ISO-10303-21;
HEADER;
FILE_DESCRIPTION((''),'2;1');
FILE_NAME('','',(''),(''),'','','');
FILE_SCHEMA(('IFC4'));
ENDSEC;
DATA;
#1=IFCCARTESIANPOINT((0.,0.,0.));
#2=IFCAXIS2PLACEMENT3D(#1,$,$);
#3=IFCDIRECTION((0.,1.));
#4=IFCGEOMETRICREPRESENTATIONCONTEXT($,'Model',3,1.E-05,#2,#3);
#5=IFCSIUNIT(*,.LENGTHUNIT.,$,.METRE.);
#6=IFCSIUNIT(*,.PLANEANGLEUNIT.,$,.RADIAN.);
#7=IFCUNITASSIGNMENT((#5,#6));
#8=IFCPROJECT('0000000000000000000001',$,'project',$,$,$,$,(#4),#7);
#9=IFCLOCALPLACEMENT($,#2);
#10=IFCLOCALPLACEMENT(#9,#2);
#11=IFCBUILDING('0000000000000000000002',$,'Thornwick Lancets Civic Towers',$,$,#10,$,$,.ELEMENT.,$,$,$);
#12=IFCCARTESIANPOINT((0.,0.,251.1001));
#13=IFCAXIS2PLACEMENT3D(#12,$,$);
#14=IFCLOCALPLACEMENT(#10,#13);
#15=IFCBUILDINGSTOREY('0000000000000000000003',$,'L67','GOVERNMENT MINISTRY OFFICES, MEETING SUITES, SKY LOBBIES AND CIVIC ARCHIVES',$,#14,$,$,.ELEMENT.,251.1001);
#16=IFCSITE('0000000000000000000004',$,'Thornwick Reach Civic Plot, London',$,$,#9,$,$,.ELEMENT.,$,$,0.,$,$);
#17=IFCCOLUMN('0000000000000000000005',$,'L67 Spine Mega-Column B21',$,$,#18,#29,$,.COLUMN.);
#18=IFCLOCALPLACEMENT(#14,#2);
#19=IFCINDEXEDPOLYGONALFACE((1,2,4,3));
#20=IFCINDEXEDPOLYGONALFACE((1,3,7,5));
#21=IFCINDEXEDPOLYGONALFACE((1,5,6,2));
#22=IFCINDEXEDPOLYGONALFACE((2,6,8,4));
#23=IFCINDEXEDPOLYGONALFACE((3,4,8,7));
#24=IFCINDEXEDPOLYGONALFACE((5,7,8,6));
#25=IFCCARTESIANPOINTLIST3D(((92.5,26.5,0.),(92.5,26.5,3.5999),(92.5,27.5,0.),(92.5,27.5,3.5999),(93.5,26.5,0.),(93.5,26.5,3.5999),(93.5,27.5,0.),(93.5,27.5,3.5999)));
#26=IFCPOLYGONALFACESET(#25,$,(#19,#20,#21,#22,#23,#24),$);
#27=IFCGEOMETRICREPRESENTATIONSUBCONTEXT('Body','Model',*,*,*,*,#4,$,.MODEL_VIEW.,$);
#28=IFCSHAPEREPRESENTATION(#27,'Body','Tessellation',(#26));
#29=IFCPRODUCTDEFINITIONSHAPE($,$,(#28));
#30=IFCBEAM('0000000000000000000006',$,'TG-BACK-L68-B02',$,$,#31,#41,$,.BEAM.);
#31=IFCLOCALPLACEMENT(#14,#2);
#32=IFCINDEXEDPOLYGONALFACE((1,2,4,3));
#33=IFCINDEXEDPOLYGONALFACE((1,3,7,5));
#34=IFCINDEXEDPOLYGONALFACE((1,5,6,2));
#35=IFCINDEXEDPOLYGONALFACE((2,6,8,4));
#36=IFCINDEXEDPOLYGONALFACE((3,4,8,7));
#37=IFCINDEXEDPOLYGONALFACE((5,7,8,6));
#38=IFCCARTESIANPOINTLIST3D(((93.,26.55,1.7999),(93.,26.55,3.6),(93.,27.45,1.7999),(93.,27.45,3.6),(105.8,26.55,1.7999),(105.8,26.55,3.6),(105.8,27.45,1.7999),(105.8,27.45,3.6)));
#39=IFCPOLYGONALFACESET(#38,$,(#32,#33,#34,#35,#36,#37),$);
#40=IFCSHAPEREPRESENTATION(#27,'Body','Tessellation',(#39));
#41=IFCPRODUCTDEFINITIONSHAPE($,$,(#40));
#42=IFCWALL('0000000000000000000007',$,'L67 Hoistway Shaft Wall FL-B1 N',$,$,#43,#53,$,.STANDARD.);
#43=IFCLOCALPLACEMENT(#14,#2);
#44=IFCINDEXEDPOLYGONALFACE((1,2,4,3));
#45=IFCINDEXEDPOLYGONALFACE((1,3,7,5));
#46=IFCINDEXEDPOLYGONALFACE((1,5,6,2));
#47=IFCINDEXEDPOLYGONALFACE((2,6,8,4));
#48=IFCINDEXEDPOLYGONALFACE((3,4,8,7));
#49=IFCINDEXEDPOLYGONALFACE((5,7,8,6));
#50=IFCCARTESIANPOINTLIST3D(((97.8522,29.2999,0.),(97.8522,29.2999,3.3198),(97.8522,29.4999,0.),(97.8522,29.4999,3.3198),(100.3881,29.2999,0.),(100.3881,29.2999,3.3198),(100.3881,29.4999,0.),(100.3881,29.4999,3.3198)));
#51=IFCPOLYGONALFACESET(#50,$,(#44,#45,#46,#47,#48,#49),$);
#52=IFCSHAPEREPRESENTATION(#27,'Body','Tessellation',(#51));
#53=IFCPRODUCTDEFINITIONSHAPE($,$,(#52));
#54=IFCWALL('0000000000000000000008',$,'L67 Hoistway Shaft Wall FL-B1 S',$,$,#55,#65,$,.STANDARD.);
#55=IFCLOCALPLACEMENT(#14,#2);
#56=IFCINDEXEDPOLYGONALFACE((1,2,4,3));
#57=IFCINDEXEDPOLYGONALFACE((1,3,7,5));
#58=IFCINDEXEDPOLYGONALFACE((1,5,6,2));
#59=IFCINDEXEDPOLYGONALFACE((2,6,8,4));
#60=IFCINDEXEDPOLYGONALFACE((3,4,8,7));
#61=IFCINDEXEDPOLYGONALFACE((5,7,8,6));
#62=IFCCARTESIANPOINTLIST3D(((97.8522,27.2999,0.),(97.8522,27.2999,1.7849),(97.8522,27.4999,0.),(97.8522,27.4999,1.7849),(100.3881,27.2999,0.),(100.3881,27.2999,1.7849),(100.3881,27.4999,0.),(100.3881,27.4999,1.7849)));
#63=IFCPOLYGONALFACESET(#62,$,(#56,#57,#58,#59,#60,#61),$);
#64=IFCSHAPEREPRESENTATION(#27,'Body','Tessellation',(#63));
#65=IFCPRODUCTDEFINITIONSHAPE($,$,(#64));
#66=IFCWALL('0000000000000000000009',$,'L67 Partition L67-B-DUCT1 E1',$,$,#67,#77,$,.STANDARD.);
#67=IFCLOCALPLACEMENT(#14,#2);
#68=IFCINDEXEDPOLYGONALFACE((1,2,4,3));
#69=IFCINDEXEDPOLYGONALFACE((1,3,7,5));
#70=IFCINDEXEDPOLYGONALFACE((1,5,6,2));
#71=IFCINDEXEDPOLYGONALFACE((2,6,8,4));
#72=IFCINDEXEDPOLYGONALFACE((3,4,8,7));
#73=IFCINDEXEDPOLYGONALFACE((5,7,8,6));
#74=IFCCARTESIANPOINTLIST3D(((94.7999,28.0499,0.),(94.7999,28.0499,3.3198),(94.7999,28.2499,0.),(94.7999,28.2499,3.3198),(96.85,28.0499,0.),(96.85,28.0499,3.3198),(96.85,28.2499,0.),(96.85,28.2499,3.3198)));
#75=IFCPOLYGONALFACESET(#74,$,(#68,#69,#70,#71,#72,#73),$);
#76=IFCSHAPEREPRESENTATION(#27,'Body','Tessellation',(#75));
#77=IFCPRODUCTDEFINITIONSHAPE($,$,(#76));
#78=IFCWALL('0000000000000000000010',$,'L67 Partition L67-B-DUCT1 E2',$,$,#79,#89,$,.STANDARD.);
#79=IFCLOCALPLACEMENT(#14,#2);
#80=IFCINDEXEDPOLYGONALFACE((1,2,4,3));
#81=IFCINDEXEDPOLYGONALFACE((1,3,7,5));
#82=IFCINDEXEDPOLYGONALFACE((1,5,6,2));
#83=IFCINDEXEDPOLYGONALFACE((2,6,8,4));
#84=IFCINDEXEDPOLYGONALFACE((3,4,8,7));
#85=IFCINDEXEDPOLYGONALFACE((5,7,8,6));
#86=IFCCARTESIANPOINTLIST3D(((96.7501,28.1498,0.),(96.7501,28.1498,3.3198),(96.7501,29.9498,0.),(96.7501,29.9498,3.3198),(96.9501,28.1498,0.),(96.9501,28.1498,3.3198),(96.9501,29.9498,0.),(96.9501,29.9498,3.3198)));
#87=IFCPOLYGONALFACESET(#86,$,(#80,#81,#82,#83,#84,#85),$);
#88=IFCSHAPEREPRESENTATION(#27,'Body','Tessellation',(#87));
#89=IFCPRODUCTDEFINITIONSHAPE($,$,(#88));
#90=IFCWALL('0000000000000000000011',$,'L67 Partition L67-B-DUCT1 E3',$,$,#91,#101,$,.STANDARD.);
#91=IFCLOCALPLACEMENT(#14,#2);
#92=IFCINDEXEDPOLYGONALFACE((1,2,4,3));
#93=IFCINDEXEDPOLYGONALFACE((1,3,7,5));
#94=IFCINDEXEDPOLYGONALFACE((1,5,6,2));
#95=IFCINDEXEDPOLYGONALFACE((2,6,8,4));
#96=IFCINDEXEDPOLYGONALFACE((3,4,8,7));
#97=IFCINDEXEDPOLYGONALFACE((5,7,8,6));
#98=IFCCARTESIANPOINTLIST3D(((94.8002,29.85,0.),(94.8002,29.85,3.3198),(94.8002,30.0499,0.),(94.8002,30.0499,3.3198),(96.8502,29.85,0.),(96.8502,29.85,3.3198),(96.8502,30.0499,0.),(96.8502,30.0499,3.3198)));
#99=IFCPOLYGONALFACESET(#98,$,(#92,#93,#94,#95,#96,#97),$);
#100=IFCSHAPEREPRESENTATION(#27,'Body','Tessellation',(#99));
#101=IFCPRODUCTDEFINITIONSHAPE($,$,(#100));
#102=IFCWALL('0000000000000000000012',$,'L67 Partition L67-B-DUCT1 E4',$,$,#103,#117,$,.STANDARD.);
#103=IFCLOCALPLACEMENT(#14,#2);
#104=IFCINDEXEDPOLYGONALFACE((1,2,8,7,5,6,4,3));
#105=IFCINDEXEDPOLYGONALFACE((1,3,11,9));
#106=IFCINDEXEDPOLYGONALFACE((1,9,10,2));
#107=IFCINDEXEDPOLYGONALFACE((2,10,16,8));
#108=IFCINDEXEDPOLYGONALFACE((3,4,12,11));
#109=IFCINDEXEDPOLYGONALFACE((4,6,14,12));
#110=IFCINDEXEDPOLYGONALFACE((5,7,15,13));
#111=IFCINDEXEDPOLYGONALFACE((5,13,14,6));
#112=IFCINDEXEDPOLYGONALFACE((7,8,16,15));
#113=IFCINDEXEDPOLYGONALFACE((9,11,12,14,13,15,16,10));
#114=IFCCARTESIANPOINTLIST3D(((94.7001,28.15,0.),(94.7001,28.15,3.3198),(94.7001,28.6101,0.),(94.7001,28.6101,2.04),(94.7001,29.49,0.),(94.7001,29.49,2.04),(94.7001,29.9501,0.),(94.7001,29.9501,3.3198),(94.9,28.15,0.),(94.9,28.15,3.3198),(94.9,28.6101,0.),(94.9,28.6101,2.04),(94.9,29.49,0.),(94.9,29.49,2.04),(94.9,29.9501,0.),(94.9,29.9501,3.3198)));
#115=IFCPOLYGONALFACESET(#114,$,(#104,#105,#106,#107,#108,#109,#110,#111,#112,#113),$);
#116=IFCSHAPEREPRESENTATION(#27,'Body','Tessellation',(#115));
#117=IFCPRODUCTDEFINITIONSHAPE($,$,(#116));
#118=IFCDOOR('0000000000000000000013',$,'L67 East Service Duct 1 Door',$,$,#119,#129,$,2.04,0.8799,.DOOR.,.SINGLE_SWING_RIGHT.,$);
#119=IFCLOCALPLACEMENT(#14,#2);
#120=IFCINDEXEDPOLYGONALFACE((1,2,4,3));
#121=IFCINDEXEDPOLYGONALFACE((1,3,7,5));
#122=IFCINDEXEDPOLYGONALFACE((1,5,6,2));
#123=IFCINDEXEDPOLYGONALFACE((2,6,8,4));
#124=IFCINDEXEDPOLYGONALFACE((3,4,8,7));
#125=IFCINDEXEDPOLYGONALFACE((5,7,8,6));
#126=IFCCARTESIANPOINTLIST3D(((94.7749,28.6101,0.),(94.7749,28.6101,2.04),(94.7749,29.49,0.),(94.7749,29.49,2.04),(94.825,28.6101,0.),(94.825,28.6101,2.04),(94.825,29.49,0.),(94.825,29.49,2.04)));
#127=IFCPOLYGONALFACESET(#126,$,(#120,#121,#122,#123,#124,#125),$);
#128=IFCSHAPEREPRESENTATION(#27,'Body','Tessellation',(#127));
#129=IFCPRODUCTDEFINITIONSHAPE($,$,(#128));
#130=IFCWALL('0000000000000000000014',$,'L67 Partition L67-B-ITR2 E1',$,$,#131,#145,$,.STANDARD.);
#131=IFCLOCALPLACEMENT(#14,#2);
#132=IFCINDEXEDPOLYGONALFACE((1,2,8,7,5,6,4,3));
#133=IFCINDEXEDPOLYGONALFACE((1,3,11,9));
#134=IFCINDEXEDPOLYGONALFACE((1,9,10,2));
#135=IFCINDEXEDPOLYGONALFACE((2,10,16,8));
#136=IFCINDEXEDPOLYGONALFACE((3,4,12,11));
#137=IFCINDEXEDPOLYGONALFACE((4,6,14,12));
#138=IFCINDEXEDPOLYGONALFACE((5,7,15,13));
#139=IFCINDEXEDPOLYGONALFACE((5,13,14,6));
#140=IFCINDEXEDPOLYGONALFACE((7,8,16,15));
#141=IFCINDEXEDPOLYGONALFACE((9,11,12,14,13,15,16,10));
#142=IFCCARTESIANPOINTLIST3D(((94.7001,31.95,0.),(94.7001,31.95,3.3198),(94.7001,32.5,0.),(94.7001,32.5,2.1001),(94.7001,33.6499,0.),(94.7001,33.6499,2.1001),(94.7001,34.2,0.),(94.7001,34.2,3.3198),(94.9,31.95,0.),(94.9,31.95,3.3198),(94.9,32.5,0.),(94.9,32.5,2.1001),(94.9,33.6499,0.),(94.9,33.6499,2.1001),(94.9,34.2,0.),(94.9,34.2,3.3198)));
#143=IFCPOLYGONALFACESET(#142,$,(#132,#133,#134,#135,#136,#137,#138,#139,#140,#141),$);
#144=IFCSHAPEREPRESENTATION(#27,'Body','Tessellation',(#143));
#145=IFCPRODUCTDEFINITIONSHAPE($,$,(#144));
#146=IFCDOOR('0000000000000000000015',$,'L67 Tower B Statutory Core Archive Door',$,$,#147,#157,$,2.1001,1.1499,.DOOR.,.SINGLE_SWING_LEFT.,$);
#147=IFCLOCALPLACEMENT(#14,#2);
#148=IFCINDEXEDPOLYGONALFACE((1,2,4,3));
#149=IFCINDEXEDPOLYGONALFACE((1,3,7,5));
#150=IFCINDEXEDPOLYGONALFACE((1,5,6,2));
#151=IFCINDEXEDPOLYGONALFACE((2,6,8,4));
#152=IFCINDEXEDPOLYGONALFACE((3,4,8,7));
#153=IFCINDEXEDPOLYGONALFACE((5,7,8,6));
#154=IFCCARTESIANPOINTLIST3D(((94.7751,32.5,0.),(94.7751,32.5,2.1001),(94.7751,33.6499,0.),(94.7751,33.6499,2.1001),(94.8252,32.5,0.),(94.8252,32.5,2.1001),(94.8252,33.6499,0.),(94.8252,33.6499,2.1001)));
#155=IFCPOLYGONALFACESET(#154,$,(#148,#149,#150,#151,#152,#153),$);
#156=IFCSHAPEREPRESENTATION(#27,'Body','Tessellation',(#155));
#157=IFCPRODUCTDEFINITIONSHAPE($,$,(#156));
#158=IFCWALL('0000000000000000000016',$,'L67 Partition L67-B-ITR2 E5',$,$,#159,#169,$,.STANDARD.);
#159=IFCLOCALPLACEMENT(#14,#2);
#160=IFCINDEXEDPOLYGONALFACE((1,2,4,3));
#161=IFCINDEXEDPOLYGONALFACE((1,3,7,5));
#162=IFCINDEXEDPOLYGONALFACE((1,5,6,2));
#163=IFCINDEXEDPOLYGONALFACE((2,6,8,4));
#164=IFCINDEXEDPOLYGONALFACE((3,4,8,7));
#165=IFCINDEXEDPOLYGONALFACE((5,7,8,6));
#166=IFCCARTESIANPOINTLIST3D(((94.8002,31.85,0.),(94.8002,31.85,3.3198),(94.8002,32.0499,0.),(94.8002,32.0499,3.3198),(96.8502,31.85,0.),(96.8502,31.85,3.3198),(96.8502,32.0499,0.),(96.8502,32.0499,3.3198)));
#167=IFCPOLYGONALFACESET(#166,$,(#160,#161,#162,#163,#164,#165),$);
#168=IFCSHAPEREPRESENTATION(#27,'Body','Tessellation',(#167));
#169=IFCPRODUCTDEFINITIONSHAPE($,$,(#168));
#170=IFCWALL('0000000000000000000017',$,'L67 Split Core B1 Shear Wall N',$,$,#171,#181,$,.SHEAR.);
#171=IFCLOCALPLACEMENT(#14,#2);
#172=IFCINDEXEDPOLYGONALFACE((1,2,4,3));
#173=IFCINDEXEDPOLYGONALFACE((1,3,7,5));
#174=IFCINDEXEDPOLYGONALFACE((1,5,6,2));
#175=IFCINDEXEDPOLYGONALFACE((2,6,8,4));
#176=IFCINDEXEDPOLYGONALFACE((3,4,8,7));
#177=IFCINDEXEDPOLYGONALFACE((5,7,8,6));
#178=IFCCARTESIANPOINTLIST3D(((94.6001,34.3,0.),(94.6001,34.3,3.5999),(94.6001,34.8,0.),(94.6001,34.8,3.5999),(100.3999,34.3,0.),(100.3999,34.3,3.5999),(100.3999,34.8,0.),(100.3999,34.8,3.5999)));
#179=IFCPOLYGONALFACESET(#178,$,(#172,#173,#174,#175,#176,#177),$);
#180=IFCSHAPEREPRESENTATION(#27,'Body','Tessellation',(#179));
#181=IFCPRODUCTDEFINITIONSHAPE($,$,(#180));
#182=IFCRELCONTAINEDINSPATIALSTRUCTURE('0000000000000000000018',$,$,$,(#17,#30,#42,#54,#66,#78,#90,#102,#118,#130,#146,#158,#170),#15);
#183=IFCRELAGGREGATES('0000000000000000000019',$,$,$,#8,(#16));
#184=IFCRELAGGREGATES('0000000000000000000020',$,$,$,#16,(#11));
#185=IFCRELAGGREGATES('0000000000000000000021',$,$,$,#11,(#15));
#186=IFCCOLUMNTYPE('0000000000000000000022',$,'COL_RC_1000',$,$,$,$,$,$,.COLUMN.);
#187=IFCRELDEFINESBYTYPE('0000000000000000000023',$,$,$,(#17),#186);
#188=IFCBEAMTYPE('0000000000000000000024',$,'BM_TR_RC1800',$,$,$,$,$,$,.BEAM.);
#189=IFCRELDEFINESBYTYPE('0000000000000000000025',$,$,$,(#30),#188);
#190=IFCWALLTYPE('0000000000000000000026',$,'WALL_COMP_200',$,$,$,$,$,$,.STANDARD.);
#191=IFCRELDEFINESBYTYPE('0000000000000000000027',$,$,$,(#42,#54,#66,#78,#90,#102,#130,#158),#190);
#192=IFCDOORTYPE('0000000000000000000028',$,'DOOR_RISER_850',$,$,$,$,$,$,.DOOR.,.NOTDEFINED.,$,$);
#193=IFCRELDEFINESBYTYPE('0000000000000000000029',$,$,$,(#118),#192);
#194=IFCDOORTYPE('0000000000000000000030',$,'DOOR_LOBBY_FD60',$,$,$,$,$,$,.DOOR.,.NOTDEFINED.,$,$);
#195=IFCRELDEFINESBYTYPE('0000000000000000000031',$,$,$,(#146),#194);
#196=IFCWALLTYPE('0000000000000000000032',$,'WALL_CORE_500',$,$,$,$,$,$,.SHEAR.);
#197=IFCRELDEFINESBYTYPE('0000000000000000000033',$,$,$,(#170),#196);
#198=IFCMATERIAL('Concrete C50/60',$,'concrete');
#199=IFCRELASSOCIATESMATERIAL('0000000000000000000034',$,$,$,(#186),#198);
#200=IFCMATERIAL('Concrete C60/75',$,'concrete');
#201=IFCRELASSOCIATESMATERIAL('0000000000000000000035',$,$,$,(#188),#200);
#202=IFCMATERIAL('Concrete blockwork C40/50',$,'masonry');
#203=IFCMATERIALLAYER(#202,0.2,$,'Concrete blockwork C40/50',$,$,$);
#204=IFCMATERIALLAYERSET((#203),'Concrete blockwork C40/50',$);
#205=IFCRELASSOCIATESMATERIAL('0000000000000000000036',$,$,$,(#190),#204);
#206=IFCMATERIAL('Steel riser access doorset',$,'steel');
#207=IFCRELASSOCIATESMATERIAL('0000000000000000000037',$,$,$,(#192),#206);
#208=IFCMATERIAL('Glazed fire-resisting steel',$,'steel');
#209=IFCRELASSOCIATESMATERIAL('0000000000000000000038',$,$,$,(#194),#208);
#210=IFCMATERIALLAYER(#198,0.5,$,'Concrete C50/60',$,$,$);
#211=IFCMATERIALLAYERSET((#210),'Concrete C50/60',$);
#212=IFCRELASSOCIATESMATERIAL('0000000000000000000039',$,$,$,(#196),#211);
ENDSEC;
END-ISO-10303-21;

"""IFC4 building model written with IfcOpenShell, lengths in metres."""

from ifc_helpers import new_model, si_unit, direction, frame, frame_2d, origin, origin_2d, place, context, subcontext, project, spatial, rectangle, extrude, material, layer, layer_set, material_profile, profile_set, type_object, element, fill, save


model = new_model("IFC4")

# Units and contexts
model_context = context("Model", 3, precision=1e-05, world=origin(), true_north=direction((0.0, 1.0)))
body_context = subcontext(model_context, "Body", "Model", "MODEL_VIEW")
ifc_project = project(units=[si_unit("LENGTHUNIT", "METRE"), si_unit("PLANEANGLEUNIT", "RADIAN")], contexts=[model_context])

# Site, building, storey
site_placement = place(None, origin())
site = spatial("IfcSite", under=ifc_project, at=site_placement, Name="Thornwick Reach Civic Plot, London", CompositionType="ELEMENT", RefElevation=0.0)
building_placement = place(site_placement, origin())
building = spatial("IfcBuilding", under=site, at=building_placement, Name="Thornwick Lancets Civic Towers", CompositionType="ELEMENT")
storey_placement = place(building_placement, frame((0.0, 0.0, 251.1001)))
storey = spatial("IfcBuildingStorey", under=building, at=storey_placement, Name="L67", Description="GOVERNMENT MINISTRY OFFICES, MEETING SUITES, SKY LOBBIES AND CIVIC ARCHIVES", CompositionType="ELEMENT", Elevation=251.1001)

# Column
ifc_material_1 = material(Name="Concrete C50/60", Category="concrete")
ifc_material_profile_1 = material_profile(ifc_material_1, rectangle(XDim=1.0, YDim=1.0, at=origin_2d()), Name="RC 1000x1000")
ifc_profile_set_1 = profile_set([ifc_material_profile_1], Name="Concrete C50/60")
column_type = type_object("IfcColumnType", Name="COL_RC_1000", PredefinedType="COLUMN", material=ifc_profile_set_1)
column_placement = place(storey_placement, frame((93.0, 27.0, 0.0), z_axis=(0.0, 0.0, 1.0), x_axis=(1.0, 0.0, 0.0)))
element("IfcColumn", 1, at=column_placement, inside=storey, type_object=column_type, Name="L67 Spine Mega-Column B21", PredefinedType="COLUMN", context=body_context, shape_type="SweptSolid", body=[
    extrude(rectangle(XDim=1.0, YDim=1.0, at=origin_2d()), origin(), (0.0, 0.0, 1.0), 3.5999),
])

# Beam
ifc_material_2 = material(Name="Concrete C60/75", Category="concrete")
ifc_material_profile_2 = material_profile(ifc_material_2, rectangle(XDim=0.8999, YDim=1.8, at=origin_2d()), Name="RC 900x1800")
ifc_profile_set_2 = profile_set([ifc_material_profile_2], Name="Concrete C60/75")
beam_type = type_object("IfcBeamType", Name="BM_TR_RC1800", PredefinedType="BEAM", material=ifc_profile_set_2)
beam_placement = place(storey_placement, frame((93.0, 27.0, 2.7), z_axis=(1.0, 0.0, 0.0), x_axis=(0.0, 1.0, 0.0)))
element("IfcBeam", 2, at=beam_placement, inside=storey, type_object=beam_type, Name="TG-BACK-L68-B02", PredefinedType="BEAM", context=body_context, shape_type="SweptSolid", body=[
    extrude(rectangle(XDim=0.8999, YDim=1.8, at=origin_2d()), origin(), (0.0, 0.0, 1.0), 12.8),
])

# Walls
ifc_material_3 = material(Name="Concrete blockwork C40/50", Category="masonry")
ifc_layer_1 = layer(ifc_material_3, 0.2, Name="Concrete blockwork C40/50")
ifc_layer_set_1 = layer_set([ifc_layer_1], Name="Concrete blockwork C40/50")
wall_type_1 = type_object("IfcWallType", Name="WALL_COMP_200", PredefinedType="STANDARD", material=ifc_layer_set_1)
wall_1_placement = place(storey_placement, frame((97.8521, 29.3999, 0.0), z_axis=(0.0, 0.0, 1.0), x_axis=(1.0, 0.0, 0.0)))
element("IfcWall", 3, at=wall_1_placement, inside=storey, type_object=wall_type_1, Name="L67 Hoistway Shaft Wall FL-B1 N", PredefinedType="STANDARD", context=body_context, shape_type="SweptSolid", body=[
    extrude(rectangle(XDim=2.5359, YDim=0.2, at=frame_2d((1.2681, 0.0))), origin(), (0.0, 0.0, 1.0), 3.3198),
])
wall_2_placement = place(storey_placement, frame((97.8521, 27.3999, 0.0), z_axis=(0.0, 0.0, 1.0), x_axis=(1.0, 0.0, 0.0)))
element("IfcWall", 4, at=wall_2_placement, inside=storey, type_object=wall_type_1, Name="L67 Hoistway Shaft Wall FL-B1 S", PredefinedType="STANDARD", context=body_context, shape_type="SweptSolid", body=[
    extrude(rectangle(XDim=2.5359, YDim=0.2, at=frame_2d((1.2681, 0.0))), origin(), (0.0, 0.0, 1.0), 1.7849),
])
wall_3_placement = place(storey_placement, frame((94.8, 28.1499, 0.0), z_axis=(0.0, 0.0, 1.0), x_axis=(1.0, 0.0, 0.0)))
element("IfcWall", 5, at=wall_3_placement, inside=storey, type_object=wall_type_1, Name="L67 Partition L67-B-DUCT1 E1", PredefinedType="STANDARD", context=body_context, shape_type="SweptSolid", body=[
    extrude(rectangle(XDim=2.05, YDim=0.2, at=frame_2d((1.0249, 0.0))), origin(), (0.0, 0.0, 1.0), 3.3198),
])
wall_4_placement = place(storey_placement, frame((96.8501, 28.1499, 0.0), z_axis=(0.0, 0.0, 1.0), x_axis=(0.0, 1.0, 0.0)))
element("IfcWall", 6, at=wall_4_placement, inside=storey, type_object=wall_type_1, Name="L67 Partition L67-B-DUCT1 E2", PredefinedType="STANDARD", context=body_context, shape_type="SweptSolid", body=[
    extrude(rectangle(XDim=1.8, YDim=0.2, at=frame_2d((0.8999, 0.0))), origin(), (0.0, 0.0, 1.0), 3.3198),
])
wall_5_placement = place(storey_placement, frame((96.8501, 29.95, 0.0), z_axis=(0.0, 0.0, 1.0), x_axis=(-1.0, 0.0, 0.0)))
element("IfcWall", 7, at=wall_5_placement, inside=storey, type_object=wall_type_1, Name="L67 Partition L67-B-DUCT1 E3", PredefinedType="STANDARD", context=body_context, shape_type="SweptSolid", body=[
    extrude(rectangle(XDim=2.05, YDim=0.2, at=frame_2d((1.0249, 0.0))), origin(), (0.0, 0.0, 1.0), 3.3198),
])

# Walls, openings, doors
wall_6_placement = place(storey_placement, frame((94.8, 29.95, 0.0), z_axis=(0.0, 0.0, 1.0), x_axis=(0.0, -1.0, 0.0)))
wall_6 = element("IfcWall", 8, at=wall_6_placement, inside=storey, type_object=wall_type_1, Name="L67 Partition L67-B-DUCT1 E4", PredefinedType="STANDARD", context=body_context, shape_type="SweptSolid", body=[
    extrude(rectangle(XDim=1.8, YDim=0.2, at=frame_2d((0.8999, 0.0))), origin(), (0.0, 0.0, 1.0), 3.3198),
])
opening_1_placement = place(wall_6_placement, frame((0.46, 0.0, 0.0)))
opening_1 = element("IfcOpeningElement", 9, at=opening_1_placement, cuts=wall_6, PredefinedType="OPENING", context=body_context, shape_type="SweptSolid", body=[
    extrude(rectangle(XDim=0.8799, YDim=2.04, at=frame_2d((0.4399, 1.02))), frame((0.0, 0.1099, 0.0), z_axis=(0.0, -1.0, 0.0), x_axis=(1.0, 0.0, 0.0)), (0.0, 0.0, 1.0), 0.22),
])
ifc_material_4 = material(Name="Steel riser access doorset", Category="steel")
door_type_1 = type_object("IfcDoorType", Name="DOOR_RISER_850", OperationType="NOTDEFINED", PredefinedType="DOOR", material=ifc_material_4)
door_1_placement = place(opening_1_placement, origin())
door_1 = element("IfcDoor", 10, at=door_1_placement, inside=storey, type_object=door_type_1, Name="L67 East Service Duct 1 Door", OperationType="SINGLE_SWING_RIGHT", OverallHeight=2.04, OverallWidth=0.8799, PredefinedType="DOOR", context=body_context, shape_type="SweptSolid", body=[
    extrude(rectangle(XDim=0.8799, YDim=2.04, at=frame_2d((0.4399, 1.02))), frame((0.0, 0.0249, 0.0), z_axis=(0.0, -1.0, 0.0), x_axis=(1.0, 0.0, 0.0)), (0.0, 0.0, 1.0), 0.05),
])
fill(opening_1, door_1)
wall_7_placement = place(storey_placement, frame((94.8, 31.95, 0.0), z_axis=(0.0, 0.0, 1.0), x_axis=(0.0, 1.0, 0.0)))
wall_7 = element("IfcWall", 11, at=wall_7_placement, inside=storey, type_object=wall_type_1, Name="L67 Partition L67-B-ITR2 E1", PredefinedType="STANDARD", context=body_context, shape_type="SweptSolid", body=[
    extrude(rectangle(XDim=2.25, YDim=0.2, at=frame_2d((1.125, 0.0))), origin(), (0.0, 0.0, 1.0), 3.3198),
])
opening_2_placement = place(wall_7_placement, frame((0.55, 0.0, 0.0)))
opening_2 = element("IfcOpeningElement", 12, at=opening_2_placement, cuts=wall_7, PredefinedType="OPENING", context=body_context, shape_type="SweptSolid", body=[
    extrude(rectangle(XDim=1.1499, YDim=2.1001, at=frame_2d((0.575, 1.05))), frame((0.0, 0.1099, 0.0), z_axis=(0.0, -1.0, 0.0), x_axis=(1.0, 0.0, 0.0)), (0.0, 0.0, 1.0), 0.22),
])
ifc_material_5 = material(Name="Glazed fire-resisting steel", Category="steel")
door_type_2 = type_object("IfcDoorType", Name="DOOR_LOBBY_FD60", OperationType="NOTDEFINED", PredefinedType="DOOR", material=ifc_material_5)
door_2_placement = place(opening_2_placement, origin())
door_2 = element("IfcDoor", 13, at=door_2_placement, inside=storey, type_object=door_type_2, Name="L67 Tower B Statutory Core Archive Door", OperationType="SINGLE_SWING_LEFT", OverallHeight=2.1001, OverallWidth=1.1499, PredefinedType="DOOR", context=body_context, shape_type="SweptSolid", body=[
    extrude(rectangle(XDim=1.1499, YDim=2.1001, at=frame_2d((0.575, 1.05))), frame((0.0, 0.0249, 0.0), z_axis=(0.0, -1.0, 0.0), x_axis=(1.0, 0.0, 0.0)), (0.0, 0.0, 1.0), 0.05),
])
fill(opening_2, door_2)

# Walls
wall_8_placement = place(storey_placement, frame((96.8501, 31.95, 0.0), z_axis=(0.0, 0.0, 1.0), x_axis=(-1.0, 0.0, 0.0)))
element("IfcWall", 14, at=wall_8_placement, inside=storey, type_object=wall_type_1, Name="L67 Partition L67-B-ITR2 E5", PredefinedType="STANDARD", context=body_context, shape_type="SweptSolid", body=[
    extrude(rectangle(XDim=2.05, YDim=0.2, at=frame_2d((1.0249, 0.0))), origin(), (0.0, 0.0, 1.0), 3.3198),
])
ifc_layer_2 = layer(ifc_material_1, 0.5, Name="Concrete C50/60")
ifc_layer_set_2 = layer_set([ifc_layer_2], Name="Concrete C50/60")
wall_type_2 = type_object("IfcWallType", Name="WALL_CORE_500", PredefinedType="SHEAR", material=ifc_layer_set_2)
wall_9_placement = place(storey_placement, frame((94.6001, 34.55, 0.0), z_axis=(0.0, 0.0, 1.0), x_axis=(1.0, 0.0, 0.0)))
element("IfcWall", 15, at=wall_9_placement, inside=storey, type_object=wall_type_2, Name="L67 Split Core B1 Shear Wall N", PredefinedType="SHEAR", context=body_context, shape_type="SweptSolid", body=[
    extrude(rectangle(XDim=5.7998, YDim=0.5, at=frame_2d((2.8999, 0.0))), origin(), (0.0, 0.0, 1.0), 3.5999),
])

save(model, "model.ifc")
